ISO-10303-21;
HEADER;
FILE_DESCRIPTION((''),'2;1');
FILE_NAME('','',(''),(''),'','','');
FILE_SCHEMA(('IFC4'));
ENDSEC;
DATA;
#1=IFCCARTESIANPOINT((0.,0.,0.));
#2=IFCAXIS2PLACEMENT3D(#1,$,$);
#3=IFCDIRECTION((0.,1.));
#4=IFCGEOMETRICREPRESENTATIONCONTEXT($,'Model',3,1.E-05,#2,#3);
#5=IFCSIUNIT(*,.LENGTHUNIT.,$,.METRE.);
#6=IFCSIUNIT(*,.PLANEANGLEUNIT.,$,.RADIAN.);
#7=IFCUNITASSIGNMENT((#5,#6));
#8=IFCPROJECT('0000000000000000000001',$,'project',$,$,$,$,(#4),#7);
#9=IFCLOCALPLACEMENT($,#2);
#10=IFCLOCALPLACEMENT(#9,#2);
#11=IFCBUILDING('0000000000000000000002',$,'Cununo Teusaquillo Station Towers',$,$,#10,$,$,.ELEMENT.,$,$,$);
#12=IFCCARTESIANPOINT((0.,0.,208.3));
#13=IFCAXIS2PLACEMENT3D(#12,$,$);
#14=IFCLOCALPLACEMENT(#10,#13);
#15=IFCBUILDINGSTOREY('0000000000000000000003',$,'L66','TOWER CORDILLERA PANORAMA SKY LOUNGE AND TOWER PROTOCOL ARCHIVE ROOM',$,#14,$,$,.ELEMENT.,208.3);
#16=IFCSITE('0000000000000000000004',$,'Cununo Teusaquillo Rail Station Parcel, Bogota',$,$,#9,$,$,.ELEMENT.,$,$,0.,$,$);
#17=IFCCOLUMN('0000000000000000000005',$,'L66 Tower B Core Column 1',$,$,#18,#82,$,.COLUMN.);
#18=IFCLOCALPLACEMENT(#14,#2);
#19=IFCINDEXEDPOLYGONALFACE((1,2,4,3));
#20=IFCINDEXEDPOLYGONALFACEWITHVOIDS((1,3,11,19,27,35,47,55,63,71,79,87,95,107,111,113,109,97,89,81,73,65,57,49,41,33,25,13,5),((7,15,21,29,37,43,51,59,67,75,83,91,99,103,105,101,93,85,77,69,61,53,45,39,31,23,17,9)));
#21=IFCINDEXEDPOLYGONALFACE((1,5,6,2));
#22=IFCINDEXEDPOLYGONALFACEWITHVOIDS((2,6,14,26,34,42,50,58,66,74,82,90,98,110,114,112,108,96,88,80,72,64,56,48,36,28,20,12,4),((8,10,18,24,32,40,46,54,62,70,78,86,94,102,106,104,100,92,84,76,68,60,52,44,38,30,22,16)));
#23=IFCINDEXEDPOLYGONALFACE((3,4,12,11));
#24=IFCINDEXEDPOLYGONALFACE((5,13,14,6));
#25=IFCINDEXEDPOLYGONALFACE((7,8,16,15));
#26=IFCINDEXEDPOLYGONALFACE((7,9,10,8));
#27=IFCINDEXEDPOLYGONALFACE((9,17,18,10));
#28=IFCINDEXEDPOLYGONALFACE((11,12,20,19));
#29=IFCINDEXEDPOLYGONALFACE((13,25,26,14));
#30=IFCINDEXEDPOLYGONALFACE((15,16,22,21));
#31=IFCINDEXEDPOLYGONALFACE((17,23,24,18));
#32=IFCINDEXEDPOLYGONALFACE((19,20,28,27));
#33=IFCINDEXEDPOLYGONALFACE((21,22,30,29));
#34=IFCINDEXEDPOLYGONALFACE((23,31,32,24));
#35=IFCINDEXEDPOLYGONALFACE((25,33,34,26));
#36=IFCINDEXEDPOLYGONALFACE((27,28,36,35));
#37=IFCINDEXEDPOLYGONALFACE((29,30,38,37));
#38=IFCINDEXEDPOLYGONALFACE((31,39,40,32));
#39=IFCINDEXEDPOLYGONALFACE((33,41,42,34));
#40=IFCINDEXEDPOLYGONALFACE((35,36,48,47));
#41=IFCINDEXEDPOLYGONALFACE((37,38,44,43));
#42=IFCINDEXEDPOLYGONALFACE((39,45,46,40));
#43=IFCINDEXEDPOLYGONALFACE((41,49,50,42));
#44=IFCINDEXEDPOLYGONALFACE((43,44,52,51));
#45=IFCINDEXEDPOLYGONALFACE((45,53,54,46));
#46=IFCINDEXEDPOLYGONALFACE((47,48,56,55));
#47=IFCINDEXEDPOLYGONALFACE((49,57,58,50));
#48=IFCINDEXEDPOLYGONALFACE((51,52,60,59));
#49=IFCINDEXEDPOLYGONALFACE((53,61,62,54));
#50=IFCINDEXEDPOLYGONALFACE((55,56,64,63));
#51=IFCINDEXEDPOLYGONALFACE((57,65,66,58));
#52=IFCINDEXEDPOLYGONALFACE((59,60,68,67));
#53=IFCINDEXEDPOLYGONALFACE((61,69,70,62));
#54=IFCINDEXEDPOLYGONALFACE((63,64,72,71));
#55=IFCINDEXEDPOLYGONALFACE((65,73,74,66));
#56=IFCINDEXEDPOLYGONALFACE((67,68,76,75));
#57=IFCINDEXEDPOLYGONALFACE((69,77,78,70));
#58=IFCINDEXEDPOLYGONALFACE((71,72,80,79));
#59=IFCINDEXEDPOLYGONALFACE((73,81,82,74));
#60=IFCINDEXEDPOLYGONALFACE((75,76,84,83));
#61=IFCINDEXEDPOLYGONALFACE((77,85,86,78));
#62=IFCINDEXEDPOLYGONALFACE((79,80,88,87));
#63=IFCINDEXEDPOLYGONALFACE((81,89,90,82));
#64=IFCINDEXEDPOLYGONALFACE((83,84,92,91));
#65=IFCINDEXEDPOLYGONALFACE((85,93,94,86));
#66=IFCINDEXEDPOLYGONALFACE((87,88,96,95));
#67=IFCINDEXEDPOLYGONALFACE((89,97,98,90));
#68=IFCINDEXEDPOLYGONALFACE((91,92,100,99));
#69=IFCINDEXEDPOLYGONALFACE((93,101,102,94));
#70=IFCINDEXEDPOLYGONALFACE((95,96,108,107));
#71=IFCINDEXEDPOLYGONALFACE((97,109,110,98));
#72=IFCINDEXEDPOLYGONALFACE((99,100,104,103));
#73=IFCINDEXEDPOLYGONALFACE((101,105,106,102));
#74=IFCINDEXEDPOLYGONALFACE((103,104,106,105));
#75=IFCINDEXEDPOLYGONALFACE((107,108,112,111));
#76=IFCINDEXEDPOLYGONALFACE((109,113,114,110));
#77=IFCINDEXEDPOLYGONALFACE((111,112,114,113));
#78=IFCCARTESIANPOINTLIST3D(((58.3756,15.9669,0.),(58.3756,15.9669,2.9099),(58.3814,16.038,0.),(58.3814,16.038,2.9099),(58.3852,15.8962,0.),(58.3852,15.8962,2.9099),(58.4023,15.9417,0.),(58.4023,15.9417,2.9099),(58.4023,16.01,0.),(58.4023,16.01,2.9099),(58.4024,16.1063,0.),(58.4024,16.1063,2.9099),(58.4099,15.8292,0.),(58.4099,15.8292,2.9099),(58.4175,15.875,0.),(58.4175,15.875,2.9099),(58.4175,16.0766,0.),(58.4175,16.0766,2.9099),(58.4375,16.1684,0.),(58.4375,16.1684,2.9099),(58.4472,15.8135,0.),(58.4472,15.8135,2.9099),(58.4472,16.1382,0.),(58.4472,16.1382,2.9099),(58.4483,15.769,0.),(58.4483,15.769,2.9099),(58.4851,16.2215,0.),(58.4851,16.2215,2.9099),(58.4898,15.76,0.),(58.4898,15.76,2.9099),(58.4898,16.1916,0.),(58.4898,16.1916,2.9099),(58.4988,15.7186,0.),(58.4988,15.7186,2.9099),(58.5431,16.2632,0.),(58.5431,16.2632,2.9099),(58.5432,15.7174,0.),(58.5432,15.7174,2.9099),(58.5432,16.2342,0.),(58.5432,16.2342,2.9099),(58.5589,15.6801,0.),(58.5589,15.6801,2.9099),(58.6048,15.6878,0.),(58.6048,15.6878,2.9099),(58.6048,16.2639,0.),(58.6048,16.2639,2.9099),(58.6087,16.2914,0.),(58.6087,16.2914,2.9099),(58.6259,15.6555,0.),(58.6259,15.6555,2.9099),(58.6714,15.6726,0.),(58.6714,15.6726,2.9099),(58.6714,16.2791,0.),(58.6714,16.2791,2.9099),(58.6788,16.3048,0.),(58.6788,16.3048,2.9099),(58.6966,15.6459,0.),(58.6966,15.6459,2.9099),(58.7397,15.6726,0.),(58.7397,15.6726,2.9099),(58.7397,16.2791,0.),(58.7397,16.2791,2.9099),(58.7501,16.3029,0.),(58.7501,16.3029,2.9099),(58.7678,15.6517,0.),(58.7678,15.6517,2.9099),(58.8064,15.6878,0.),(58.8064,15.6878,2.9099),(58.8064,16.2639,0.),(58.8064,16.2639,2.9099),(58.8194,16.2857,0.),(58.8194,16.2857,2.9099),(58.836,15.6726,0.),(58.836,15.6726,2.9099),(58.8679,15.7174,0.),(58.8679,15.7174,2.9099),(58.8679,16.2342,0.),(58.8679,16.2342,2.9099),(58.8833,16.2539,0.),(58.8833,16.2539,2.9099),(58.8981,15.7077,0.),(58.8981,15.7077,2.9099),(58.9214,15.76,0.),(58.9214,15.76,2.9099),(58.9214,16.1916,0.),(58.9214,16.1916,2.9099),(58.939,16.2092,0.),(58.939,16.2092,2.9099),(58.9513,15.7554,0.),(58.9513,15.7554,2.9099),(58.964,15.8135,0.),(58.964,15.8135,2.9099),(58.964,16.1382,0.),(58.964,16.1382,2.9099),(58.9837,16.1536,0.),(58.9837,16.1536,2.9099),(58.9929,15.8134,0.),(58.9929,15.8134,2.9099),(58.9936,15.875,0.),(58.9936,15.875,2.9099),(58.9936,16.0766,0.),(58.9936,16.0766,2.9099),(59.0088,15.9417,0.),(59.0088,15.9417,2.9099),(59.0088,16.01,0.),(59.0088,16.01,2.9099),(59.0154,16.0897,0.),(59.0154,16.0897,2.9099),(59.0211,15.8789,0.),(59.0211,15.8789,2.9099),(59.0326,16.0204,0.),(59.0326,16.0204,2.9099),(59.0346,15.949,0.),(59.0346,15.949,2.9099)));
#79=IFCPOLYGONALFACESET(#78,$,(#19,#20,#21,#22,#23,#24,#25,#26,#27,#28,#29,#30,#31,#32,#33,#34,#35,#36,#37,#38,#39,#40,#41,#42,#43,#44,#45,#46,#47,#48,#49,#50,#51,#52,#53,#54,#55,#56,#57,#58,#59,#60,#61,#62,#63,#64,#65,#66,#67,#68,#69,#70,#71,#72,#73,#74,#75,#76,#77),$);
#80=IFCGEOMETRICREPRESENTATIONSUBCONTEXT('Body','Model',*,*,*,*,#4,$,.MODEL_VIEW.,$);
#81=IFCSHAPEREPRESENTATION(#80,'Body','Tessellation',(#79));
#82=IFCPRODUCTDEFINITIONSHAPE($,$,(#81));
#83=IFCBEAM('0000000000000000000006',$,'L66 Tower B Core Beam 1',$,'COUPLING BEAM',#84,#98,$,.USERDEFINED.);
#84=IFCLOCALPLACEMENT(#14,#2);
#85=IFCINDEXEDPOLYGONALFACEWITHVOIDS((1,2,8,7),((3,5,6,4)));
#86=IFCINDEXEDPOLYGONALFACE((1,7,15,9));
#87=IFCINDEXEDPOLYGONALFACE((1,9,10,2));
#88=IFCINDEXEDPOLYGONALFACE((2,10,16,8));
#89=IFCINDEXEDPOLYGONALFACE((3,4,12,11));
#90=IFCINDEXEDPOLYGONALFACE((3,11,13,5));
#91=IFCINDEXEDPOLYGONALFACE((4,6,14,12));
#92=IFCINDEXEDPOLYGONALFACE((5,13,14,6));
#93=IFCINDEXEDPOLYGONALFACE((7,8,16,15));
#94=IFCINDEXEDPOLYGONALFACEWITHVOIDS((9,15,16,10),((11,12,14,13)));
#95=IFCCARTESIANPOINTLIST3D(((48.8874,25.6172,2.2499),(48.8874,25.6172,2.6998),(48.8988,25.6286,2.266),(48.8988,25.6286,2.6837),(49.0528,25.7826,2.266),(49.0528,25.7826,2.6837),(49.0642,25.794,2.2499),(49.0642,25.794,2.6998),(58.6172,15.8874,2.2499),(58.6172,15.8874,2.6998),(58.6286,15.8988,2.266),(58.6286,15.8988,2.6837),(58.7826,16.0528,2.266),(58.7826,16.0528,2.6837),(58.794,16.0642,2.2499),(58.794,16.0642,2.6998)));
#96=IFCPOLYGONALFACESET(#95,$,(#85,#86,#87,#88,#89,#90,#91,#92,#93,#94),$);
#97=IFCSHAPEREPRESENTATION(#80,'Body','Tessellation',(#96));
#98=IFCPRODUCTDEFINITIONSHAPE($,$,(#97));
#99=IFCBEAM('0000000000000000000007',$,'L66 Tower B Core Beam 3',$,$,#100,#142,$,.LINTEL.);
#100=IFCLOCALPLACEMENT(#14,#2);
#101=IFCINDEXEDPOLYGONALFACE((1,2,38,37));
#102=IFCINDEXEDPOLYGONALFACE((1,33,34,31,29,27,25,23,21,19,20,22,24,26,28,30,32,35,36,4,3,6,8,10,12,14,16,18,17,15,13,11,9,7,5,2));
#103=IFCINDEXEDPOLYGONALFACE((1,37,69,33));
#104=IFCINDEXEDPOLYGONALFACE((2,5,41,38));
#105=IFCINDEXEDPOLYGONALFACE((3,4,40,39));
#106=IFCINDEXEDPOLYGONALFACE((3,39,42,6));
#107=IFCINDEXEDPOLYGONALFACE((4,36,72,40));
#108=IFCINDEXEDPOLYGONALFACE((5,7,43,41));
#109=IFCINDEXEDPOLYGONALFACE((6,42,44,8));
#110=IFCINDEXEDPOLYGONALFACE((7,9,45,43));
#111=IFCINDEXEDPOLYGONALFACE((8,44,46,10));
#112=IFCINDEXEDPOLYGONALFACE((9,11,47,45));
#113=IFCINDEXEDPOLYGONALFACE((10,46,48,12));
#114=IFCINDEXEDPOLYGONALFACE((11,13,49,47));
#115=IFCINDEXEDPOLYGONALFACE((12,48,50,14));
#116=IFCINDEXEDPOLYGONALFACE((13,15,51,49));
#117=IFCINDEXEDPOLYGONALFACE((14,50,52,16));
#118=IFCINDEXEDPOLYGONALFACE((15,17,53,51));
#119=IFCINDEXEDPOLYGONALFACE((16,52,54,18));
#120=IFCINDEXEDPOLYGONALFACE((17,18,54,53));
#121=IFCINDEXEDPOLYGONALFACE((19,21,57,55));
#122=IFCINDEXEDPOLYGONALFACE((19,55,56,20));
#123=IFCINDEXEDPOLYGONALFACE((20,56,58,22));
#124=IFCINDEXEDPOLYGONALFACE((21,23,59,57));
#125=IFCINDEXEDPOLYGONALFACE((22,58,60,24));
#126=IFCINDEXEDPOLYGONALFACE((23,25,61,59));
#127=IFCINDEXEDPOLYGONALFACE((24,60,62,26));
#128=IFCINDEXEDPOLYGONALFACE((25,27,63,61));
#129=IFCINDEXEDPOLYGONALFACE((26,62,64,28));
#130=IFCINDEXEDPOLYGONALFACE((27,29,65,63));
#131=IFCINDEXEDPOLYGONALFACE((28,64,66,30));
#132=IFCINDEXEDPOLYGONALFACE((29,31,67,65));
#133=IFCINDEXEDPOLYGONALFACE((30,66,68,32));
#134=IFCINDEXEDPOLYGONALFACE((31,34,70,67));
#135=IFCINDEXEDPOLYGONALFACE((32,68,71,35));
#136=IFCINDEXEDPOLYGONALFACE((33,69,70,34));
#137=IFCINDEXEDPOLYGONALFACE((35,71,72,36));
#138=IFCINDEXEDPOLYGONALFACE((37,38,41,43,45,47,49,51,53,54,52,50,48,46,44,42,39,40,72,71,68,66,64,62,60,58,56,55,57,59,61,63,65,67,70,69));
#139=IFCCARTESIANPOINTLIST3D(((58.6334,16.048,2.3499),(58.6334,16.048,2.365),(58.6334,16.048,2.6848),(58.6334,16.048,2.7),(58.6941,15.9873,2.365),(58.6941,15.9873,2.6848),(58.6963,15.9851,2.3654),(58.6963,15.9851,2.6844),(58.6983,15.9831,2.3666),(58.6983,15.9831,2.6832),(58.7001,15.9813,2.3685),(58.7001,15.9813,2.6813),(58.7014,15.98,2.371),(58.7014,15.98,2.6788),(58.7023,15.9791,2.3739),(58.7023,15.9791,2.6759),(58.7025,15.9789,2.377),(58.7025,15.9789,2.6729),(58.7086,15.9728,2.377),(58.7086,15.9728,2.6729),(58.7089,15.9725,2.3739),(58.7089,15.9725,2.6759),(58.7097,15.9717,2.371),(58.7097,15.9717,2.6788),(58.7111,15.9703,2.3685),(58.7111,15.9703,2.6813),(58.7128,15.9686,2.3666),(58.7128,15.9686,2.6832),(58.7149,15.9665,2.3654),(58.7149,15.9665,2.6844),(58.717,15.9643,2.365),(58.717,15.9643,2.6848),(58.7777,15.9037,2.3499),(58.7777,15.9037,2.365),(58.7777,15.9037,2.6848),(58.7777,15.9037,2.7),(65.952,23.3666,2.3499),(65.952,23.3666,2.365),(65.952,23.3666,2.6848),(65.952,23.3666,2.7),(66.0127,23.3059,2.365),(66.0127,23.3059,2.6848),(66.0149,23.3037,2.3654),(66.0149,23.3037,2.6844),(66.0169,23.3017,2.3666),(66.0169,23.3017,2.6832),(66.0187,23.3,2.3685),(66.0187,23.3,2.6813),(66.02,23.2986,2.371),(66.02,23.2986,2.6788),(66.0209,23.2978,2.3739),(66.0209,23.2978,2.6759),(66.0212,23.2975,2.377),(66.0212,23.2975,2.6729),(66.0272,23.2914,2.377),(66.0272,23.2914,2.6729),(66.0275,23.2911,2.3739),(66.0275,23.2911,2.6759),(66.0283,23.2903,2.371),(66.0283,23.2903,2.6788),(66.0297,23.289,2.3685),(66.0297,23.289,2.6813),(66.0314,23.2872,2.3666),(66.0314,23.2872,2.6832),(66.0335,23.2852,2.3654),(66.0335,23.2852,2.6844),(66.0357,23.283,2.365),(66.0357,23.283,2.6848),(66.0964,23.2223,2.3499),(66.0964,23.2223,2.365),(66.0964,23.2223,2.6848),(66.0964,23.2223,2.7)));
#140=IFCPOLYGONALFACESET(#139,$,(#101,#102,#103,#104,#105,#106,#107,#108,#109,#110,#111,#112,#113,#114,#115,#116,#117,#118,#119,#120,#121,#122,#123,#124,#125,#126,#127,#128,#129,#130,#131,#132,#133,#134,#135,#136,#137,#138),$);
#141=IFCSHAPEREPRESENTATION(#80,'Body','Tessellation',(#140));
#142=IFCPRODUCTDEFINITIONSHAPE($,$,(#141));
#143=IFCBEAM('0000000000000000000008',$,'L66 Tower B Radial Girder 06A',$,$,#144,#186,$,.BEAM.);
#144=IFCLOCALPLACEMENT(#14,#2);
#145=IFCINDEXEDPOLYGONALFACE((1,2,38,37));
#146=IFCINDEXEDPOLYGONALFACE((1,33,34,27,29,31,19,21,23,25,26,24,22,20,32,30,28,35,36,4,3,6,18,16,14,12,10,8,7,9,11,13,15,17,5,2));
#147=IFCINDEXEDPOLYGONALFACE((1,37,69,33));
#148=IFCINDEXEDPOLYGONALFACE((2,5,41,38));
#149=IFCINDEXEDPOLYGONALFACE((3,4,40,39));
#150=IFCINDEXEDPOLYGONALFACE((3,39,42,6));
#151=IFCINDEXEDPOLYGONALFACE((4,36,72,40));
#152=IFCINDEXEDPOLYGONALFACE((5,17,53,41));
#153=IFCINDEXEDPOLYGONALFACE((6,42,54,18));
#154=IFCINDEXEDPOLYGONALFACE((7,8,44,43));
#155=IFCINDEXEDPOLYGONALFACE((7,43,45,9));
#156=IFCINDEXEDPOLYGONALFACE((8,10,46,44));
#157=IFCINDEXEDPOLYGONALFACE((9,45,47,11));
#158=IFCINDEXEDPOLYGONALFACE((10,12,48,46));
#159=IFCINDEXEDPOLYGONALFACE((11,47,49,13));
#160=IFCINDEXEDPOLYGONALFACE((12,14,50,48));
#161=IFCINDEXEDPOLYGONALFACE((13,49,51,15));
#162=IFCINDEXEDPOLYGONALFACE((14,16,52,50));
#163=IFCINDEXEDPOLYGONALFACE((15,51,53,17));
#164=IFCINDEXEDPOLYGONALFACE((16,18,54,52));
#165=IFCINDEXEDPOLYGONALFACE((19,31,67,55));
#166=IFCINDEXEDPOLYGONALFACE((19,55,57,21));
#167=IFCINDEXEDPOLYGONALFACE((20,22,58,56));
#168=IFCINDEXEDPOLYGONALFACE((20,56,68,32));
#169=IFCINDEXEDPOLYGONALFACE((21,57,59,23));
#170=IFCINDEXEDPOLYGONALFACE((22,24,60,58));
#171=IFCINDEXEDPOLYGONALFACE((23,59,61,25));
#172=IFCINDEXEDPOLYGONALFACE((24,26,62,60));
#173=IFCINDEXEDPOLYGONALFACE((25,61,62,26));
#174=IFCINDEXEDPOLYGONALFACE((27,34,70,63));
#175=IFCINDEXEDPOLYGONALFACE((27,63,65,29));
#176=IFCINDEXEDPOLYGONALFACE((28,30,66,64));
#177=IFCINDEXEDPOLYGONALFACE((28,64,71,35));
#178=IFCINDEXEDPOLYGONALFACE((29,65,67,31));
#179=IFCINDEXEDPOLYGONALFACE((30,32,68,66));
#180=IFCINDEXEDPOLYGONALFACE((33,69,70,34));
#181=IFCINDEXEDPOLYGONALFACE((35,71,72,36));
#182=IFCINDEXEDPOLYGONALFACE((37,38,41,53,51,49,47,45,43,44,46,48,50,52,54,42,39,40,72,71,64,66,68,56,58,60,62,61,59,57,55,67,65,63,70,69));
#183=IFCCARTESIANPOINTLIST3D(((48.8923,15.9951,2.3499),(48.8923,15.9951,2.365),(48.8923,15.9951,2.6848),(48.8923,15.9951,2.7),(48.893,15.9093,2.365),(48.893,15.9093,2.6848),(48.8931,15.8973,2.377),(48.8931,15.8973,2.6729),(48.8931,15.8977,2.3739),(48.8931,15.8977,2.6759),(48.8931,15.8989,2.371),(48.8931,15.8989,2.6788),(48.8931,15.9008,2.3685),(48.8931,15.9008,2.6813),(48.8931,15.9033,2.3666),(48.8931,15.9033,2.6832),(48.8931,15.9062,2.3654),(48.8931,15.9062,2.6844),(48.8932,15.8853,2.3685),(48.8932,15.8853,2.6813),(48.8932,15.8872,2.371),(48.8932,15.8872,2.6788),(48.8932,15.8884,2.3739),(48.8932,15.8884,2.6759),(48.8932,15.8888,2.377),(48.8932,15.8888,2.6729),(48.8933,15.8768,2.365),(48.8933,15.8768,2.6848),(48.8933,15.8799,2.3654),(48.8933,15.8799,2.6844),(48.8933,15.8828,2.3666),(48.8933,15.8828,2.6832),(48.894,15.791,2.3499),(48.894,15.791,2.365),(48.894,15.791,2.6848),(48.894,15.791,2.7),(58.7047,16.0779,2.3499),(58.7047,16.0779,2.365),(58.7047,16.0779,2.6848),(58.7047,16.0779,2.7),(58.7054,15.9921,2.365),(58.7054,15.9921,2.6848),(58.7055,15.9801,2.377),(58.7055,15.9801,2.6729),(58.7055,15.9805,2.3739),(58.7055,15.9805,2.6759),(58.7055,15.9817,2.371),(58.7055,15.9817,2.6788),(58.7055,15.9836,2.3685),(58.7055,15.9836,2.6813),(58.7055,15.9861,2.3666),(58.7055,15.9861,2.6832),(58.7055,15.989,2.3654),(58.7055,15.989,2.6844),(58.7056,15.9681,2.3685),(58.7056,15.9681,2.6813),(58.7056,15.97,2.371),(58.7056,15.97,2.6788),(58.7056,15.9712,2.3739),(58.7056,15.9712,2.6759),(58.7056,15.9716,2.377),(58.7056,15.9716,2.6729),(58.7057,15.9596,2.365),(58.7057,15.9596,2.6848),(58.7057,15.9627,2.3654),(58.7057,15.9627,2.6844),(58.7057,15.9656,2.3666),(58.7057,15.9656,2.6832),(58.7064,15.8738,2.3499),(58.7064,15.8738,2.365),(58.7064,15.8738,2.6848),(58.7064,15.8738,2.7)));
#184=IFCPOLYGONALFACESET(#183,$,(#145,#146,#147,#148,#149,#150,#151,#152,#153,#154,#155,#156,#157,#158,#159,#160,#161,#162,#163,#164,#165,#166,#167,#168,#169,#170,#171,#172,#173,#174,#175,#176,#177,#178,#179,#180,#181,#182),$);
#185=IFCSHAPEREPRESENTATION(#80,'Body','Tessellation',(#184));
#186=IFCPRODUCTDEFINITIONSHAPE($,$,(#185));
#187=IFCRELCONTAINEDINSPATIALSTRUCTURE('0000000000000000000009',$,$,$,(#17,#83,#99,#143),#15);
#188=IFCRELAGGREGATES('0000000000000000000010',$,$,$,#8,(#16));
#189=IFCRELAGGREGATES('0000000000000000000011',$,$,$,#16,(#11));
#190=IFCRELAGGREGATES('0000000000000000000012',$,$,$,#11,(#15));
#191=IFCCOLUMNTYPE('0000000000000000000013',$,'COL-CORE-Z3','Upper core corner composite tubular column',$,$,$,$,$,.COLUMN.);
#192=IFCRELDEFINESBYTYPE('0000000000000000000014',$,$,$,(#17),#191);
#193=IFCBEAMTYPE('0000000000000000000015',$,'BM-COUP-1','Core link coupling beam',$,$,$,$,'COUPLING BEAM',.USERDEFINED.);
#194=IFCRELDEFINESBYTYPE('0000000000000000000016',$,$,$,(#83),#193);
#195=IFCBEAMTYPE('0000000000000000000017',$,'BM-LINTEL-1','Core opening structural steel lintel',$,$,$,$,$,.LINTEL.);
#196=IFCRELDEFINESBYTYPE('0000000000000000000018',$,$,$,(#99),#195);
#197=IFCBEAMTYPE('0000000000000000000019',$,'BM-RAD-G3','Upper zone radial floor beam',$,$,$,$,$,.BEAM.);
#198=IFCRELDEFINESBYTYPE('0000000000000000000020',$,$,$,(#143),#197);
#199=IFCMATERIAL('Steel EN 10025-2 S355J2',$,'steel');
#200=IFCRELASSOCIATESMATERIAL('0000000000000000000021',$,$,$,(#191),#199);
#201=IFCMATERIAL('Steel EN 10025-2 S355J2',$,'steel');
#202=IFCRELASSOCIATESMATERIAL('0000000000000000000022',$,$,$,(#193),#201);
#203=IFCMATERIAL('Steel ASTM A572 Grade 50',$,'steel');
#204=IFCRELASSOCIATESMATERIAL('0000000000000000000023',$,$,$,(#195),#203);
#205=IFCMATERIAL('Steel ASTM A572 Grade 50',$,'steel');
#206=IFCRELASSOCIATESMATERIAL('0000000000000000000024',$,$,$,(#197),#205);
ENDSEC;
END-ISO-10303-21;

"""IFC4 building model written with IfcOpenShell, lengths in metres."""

from ifc_helpers import new_model, si_unit, direction, frame, origin, origin_2d, place, context, subcontext, project, spatial, hollow_rectangle, hollow_circle, i_section, extrude, material, material_profile, profile_set, type_object, element, save


model = new_model("IFC4")

# Units and contexts
model_context = context("Model", 3, precision=1e-05, world=origin(), true_north=direction((0.0, 1.0)))
body_context = subcontext(model_context, "Body", "Model", "MODEL_VIEW")
ifc_project = project(units=[si_unit("LENGTHUNIT", "METRE"), si_unit("PLANEANGLEUNIT", "RADIAN")], contexts=[model_context])

# Site, building, storey
site_placement = place(None, origin())
site = spatial("IfcSite", under=ifc_project, at=site_placement, Name="Cununo Teusaquillo Rail Station Parcel, Bogota", CompositionType="ELEMENT", RefElevation=0.0)
building_placement = place(site_placement, origin())
building = spatial("IfcBuilding", under=site, at=building_placement, Name="Cununo Teusaquillo Station Towers", CompositionType="ELEMENT")
storey_placement = place(building_placement, frame((0.0, 0.0, 208.3)))
storey = spatial("IfcBuildingStorey", under=building, at=storey_placement, Name="L66", Description="TOWER CORDILLERA PANORAMA SKY LOUNGE AND TOWER PROTOCOL ARCHIVE ROOM", CompositionType="ELEMENT", Elevation=208.3)

# Column
ifc_material_1 = material(Name="Steel EN 10025-2 S355J2", Category="steel")
ifc_material_profile_1 = material_profile(ifc_material_1, hollow_circle(Radius=0.3301, WallThickness=0.0249, at=origin_2d()), Name="CHS 660x25")
ifc_profile_set_1 = profile_set([ifc_material_profile_1], Name="Steel EN 10025-2 S355J2")
column_type = type_object("IfcColumnType", Name="COL-CORE-Z3", Description="Upper core corner composite tubular column", PredefinedType="COLUMN", material=ifc_profile_set_1)
column_placement = place(storey_placement, frame((58.7056, 15.9758, 0.0), z_axis=(0.0, 0.0, 1.0), x_axis=(0.707107, 0.707107, 0.0)))
element("IfcColumn", 1, at=column_placement, inside=storey, type_object=column_type, Name="L66 Tower B Core Column 1", PredefinedType="COLUMN", context=body_context, shape_type="SweptSolid", body=[
    extrude(hollow_circle(Radius=0.3301, WallThickness=0.0249, at=origin_2d()), origin(), (0.0, 0.0, 1.0), 2.9099),
])

# Beams
ifc_material_2 = material(Name="Steel EN 10025-2 S355J2", Category="steel")
ifc_material_profile_2 = material_profile(ifc_material_2, hollow_rectangle(XDim=0.25, YDim=0.45, WallThickness=0.0161, at=origin_2d()), Name="RHS 450x250x16")
ifc_profile_set_2 = profile_set([ifc_material_profile_2], Name="Steel EN 10025-2 S355J2")
beam_type_1 = type_object("IfcBeamType", Name="BM-COUP-1", Description="Core link coupling beam", ElementType="COUPLING BEAM", PredefinedType="USERDEFINED", material=ifc_profile_set_2)
beam_1_placement = place(storey_placement, frame((58.7056, 15.9758, 2.4749), z_axis=(-0.707107, 0.707107, 0.0), x_axis=(-0.707107, -0.707107, 0.0)))
element("IfcBeam", 2, at=beam_1_placement, inside=storey, type_object=beam_type_1, Name="L66 Tower B Core Beam 1", ObjectType="COUPLING BEAM", PredefinedType="USERDEFINED", context=body_context, shape_type="SweptSolid", body=[
    extrude(hollow_rectangle(XDim=0.25, YDim=0.45, WallThickness=0.0161, at=origin_2d()), origin(), (0.0, 0.0, 1.0), 13.76),
])
ifc_material_3 = material(Name="Steel ASTM A572 Grade 50", Category="steel")
ifc_material_profile_3 = material_profile(ifc_material_3, i_section(OverallWidth=0.2041, OverallDepth=0.3501, WebThickness=0.0085, FlangeThickness=0.0151, FilletRadius=0.012, at=origin_2d()), Name="W14X48")
ifc_profile_set_3 = profile_set([ifc_material_profile_3], Name="Steel ASTM A572 Grade 50")
beam_type_2 = type_object("IfcBeamType", Name="BM-LINTEL-1", Description="Core opening structural steel lintel", PredefinedType="LINTEL", material=ifc_profile_set_3)
beam_2_placement = place(storey_placement, frame((58.7056, 15.9758, 2.5249), z_axis=(0.707107, 0.707107, 0.0), x_axis=(-0.707107, 0.707107, 0.0)))
element("IfcBeam", 3, at=beam_2_placement, inside=storey, type_object=beam_type_2, Name="L66 Tower B Core Beam 3", PredefinedType="LINTEL", context=body_context, shape_type="SweptSolid", body=[
    extrude(i_section(OverallWidth=0.2041, OverallDepth=0.3501, WebThickness=0.0085, FlangeThickness=0.0151, FilletRadius=0.012, at=origin_2d()), origin(), (0.0, 0.0, 1.0), 10.3501),
])
ifc_material_4 = material(Name="Steel ASTM A572 Grade 50", Category="steel")
ifc_material_profile_4 = material_profile(ifc_material_4, i_section(OverallWidth=0.2041, OverallDepth=0.3501, WebThickness=0.0085, FlangeThickness=0.0151, FilletRadius=0.012, at=origin_2d()), Name="W14X48")
ifc_profile_set_4 = profile_set([ifc_material_profile_4], Name="Steel ASTM A572 Grade 50")
beam_type_3 = type_object("IfcBeamType", Name="BM-RAD-G3", Description="Upper zone radial floor beam", PredefinedType="BEAM", material=ifc_profile_set_4)
beam_3_placement = place(storey_placement, frame((58.7056, 15.9758, 2.5249), z_axis=(-0.999964, -0.008434, 0.0), x_axis=(0.008434, -0.999964, 0.0)))
element("IfcBeam", 4, at=beam_3_placement, inside=storey, type_object=beam_type_3, Name="L66 Tower B Radial Girder 06A", PredefinedType="BEAM", context=body_context, shape_type="SweptSolid", body=[
    extrude(i_section(OverallWidth=0.2041, OverallDepth=0.3501, WebThickness=0.0085, FlangeThickness=0.0151, FilletRadius=0.012, at=origin_2d()), origin(), (0.0, 0.0, 1.0), 9.8127),
])

save(model, "model.ifc")
